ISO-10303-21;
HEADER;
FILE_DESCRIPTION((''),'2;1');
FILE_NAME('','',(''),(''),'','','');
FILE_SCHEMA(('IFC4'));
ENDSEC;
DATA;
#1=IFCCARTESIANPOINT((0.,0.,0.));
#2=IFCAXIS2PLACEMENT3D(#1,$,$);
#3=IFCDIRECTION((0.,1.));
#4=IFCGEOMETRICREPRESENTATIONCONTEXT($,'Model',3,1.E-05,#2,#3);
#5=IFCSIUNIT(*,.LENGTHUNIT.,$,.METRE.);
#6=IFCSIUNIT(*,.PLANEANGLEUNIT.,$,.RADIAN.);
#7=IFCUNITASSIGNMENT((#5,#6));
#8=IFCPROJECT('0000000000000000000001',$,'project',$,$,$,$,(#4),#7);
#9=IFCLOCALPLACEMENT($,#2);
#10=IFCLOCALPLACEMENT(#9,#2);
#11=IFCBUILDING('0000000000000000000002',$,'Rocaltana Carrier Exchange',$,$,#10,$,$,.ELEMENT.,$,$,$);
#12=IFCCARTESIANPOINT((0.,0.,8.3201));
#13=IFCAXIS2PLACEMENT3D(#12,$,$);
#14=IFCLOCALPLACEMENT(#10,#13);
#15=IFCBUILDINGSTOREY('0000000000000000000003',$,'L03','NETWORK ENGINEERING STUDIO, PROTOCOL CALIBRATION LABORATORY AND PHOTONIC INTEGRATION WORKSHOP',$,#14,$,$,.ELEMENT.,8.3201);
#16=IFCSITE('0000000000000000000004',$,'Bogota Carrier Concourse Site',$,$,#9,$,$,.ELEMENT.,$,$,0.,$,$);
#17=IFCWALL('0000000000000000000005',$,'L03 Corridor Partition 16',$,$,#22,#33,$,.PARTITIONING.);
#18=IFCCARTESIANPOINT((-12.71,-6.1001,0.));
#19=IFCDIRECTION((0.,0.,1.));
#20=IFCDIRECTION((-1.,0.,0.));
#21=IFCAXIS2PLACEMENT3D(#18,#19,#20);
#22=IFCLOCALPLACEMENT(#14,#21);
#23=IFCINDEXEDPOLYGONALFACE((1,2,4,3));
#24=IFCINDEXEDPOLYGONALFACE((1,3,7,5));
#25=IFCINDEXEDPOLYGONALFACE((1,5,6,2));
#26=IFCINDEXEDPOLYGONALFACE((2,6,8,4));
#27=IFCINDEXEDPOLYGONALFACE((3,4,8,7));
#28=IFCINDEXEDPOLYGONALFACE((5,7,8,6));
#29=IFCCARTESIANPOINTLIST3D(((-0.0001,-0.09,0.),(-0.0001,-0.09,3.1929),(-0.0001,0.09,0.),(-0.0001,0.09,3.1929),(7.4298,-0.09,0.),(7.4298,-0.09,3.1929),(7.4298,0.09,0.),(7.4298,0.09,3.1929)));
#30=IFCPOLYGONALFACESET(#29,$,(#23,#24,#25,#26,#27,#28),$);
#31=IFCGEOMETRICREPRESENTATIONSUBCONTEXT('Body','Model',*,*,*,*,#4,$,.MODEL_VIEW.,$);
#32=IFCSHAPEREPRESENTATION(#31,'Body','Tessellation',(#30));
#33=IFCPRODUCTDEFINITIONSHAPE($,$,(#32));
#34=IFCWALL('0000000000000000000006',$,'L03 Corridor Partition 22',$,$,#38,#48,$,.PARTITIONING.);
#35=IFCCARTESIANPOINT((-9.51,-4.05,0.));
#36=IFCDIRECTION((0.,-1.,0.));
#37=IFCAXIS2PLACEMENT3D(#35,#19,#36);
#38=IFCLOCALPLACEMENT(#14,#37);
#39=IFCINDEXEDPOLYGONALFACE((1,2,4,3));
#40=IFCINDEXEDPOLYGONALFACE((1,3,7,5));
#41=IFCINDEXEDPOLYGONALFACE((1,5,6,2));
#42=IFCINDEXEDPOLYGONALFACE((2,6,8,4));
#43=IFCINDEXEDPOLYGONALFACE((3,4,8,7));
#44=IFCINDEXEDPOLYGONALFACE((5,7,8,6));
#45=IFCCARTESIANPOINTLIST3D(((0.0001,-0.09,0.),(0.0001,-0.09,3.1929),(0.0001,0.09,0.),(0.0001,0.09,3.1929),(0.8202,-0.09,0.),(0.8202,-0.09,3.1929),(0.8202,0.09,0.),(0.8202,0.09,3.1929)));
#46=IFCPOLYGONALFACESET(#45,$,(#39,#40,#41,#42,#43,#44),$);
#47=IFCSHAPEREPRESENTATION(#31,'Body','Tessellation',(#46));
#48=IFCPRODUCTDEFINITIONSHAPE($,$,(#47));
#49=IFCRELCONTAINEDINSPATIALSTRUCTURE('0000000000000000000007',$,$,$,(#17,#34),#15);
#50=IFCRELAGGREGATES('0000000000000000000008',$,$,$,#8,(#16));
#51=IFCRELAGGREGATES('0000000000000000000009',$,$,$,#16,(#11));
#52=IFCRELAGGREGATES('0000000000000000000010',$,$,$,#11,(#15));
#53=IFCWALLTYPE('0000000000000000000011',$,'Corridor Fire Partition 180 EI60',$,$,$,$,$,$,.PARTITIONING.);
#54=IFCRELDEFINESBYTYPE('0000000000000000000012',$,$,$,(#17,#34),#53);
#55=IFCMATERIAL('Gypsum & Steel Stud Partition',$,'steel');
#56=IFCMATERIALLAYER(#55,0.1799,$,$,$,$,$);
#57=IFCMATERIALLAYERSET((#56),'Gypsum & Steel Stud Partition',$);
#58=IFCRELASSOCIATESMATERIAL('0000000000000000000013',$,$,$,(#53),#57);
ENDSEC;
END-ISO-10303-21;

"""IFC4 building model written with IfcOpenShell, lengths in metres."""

from ifc_helpers import new_model, si_unit, direction, frame, frame_2d, origin, place, context, subcontext, project, spatial, rectangle, extrude, material, layer, layer_set, type_object, element, save


model = new_model("IFC4")

# Units and contexts
model_context = context("Model", 3, precision=1e-05, world=origin(), true_north=direction((0.0, 1.0)))
body_context = subcontext(model_context, "Body", "Model", "MODEL_VIEW")
ifc_project = project(units=[si_unit("LENGTHUNIT", "METRE"), si_unit("PLANEANGLEUNIT", "RADIAN")], contexts=[model_context])

# Site, building, storey
site_placement = place(None, origin())
site = spatial("IfcSite", under=ifc_project, at=site_placement, Name="Bogota Carrier Concourse Site", CompositionType="ELEMENT", RefElevation=0.0)
building_placement = place(site_placement, origin())
building = spatial("IfcBuilding", under=site, at=building_placement, Name="Rocaltana Carrier Exchange", CompositionType="ELEMENT")
storey_placement = place(building_placement, frame((0.0, 0.0, 8.3201)))
storey = spatial("IfcBuildingStorey", under=building, at=storey_placement, Name="L03", Description="NETWORK ENGINEERING STUDIO, PROTOCOL CALIBRATION LABORATORY AND PHOTONIC INTEGRATION WORKSHOP", CompositionType="ELEMENT", Elevation=8.3201)

# Walls
ifc_material_1 = material(Name="Gypsum & Steel Stud Partition", Category="steel")
ifc_layer_1 = layer(ifc_material_1, 0.1799)
ifc_layer_set_1 = layer_set([ifc_layer_1], Name="Gypsum & Steel Stud Partition")
wall_type_1 = type_object("IfcWallType", Name="Corridor Fire Partition 180 EI60", PredefinedType="PARTITIONING", material=ifc_layer_set_1)
wall_1_placement = place(storey_placement, frame((-12.71, -6.1001, 0.0), z_axis=(0.0, 0.0, 1.0), x_axis=(-1.0, 0.0, 0.0)))
element("IfcWall", 1, at=wall_1_placement, inside=storey, type_object=wall_type_1, Name="L03 Corridor Partition 16", PredefinedType="PARTITIONING", context=body_context, shape_type="SweptSolid", body=[
    extrude(rectangle(XDim=7.4299, YDim=0.1799, at=frame_2d((3.7148, 0.0))), origin(), (0.0, 0.0, 1.0), 3.1929),
])
wall_2_placement = place(storey_placement, frame((-9.51, -4.05, 0.0), z_axis=(0.0, 0.0, 1.0), x_axis=(0.0, -1.0, 0.0)))
element("IfcWall", 2, at=wall_2_placement, inside=storey, type_object=wall_type_1, Name="L03 Corridor Partition 22", PredefinedType="PARTITIONING", context=body_context, shape_type="SweptSolid", body=[
    extrude(rectangle(XDim=0.8201, YDim=0.1799, at=frame_2d((0.4102, 0.0))), origin(), (0.0, 0.0, 1.0), 3.1929),
])

save(model, "model.ifc")
